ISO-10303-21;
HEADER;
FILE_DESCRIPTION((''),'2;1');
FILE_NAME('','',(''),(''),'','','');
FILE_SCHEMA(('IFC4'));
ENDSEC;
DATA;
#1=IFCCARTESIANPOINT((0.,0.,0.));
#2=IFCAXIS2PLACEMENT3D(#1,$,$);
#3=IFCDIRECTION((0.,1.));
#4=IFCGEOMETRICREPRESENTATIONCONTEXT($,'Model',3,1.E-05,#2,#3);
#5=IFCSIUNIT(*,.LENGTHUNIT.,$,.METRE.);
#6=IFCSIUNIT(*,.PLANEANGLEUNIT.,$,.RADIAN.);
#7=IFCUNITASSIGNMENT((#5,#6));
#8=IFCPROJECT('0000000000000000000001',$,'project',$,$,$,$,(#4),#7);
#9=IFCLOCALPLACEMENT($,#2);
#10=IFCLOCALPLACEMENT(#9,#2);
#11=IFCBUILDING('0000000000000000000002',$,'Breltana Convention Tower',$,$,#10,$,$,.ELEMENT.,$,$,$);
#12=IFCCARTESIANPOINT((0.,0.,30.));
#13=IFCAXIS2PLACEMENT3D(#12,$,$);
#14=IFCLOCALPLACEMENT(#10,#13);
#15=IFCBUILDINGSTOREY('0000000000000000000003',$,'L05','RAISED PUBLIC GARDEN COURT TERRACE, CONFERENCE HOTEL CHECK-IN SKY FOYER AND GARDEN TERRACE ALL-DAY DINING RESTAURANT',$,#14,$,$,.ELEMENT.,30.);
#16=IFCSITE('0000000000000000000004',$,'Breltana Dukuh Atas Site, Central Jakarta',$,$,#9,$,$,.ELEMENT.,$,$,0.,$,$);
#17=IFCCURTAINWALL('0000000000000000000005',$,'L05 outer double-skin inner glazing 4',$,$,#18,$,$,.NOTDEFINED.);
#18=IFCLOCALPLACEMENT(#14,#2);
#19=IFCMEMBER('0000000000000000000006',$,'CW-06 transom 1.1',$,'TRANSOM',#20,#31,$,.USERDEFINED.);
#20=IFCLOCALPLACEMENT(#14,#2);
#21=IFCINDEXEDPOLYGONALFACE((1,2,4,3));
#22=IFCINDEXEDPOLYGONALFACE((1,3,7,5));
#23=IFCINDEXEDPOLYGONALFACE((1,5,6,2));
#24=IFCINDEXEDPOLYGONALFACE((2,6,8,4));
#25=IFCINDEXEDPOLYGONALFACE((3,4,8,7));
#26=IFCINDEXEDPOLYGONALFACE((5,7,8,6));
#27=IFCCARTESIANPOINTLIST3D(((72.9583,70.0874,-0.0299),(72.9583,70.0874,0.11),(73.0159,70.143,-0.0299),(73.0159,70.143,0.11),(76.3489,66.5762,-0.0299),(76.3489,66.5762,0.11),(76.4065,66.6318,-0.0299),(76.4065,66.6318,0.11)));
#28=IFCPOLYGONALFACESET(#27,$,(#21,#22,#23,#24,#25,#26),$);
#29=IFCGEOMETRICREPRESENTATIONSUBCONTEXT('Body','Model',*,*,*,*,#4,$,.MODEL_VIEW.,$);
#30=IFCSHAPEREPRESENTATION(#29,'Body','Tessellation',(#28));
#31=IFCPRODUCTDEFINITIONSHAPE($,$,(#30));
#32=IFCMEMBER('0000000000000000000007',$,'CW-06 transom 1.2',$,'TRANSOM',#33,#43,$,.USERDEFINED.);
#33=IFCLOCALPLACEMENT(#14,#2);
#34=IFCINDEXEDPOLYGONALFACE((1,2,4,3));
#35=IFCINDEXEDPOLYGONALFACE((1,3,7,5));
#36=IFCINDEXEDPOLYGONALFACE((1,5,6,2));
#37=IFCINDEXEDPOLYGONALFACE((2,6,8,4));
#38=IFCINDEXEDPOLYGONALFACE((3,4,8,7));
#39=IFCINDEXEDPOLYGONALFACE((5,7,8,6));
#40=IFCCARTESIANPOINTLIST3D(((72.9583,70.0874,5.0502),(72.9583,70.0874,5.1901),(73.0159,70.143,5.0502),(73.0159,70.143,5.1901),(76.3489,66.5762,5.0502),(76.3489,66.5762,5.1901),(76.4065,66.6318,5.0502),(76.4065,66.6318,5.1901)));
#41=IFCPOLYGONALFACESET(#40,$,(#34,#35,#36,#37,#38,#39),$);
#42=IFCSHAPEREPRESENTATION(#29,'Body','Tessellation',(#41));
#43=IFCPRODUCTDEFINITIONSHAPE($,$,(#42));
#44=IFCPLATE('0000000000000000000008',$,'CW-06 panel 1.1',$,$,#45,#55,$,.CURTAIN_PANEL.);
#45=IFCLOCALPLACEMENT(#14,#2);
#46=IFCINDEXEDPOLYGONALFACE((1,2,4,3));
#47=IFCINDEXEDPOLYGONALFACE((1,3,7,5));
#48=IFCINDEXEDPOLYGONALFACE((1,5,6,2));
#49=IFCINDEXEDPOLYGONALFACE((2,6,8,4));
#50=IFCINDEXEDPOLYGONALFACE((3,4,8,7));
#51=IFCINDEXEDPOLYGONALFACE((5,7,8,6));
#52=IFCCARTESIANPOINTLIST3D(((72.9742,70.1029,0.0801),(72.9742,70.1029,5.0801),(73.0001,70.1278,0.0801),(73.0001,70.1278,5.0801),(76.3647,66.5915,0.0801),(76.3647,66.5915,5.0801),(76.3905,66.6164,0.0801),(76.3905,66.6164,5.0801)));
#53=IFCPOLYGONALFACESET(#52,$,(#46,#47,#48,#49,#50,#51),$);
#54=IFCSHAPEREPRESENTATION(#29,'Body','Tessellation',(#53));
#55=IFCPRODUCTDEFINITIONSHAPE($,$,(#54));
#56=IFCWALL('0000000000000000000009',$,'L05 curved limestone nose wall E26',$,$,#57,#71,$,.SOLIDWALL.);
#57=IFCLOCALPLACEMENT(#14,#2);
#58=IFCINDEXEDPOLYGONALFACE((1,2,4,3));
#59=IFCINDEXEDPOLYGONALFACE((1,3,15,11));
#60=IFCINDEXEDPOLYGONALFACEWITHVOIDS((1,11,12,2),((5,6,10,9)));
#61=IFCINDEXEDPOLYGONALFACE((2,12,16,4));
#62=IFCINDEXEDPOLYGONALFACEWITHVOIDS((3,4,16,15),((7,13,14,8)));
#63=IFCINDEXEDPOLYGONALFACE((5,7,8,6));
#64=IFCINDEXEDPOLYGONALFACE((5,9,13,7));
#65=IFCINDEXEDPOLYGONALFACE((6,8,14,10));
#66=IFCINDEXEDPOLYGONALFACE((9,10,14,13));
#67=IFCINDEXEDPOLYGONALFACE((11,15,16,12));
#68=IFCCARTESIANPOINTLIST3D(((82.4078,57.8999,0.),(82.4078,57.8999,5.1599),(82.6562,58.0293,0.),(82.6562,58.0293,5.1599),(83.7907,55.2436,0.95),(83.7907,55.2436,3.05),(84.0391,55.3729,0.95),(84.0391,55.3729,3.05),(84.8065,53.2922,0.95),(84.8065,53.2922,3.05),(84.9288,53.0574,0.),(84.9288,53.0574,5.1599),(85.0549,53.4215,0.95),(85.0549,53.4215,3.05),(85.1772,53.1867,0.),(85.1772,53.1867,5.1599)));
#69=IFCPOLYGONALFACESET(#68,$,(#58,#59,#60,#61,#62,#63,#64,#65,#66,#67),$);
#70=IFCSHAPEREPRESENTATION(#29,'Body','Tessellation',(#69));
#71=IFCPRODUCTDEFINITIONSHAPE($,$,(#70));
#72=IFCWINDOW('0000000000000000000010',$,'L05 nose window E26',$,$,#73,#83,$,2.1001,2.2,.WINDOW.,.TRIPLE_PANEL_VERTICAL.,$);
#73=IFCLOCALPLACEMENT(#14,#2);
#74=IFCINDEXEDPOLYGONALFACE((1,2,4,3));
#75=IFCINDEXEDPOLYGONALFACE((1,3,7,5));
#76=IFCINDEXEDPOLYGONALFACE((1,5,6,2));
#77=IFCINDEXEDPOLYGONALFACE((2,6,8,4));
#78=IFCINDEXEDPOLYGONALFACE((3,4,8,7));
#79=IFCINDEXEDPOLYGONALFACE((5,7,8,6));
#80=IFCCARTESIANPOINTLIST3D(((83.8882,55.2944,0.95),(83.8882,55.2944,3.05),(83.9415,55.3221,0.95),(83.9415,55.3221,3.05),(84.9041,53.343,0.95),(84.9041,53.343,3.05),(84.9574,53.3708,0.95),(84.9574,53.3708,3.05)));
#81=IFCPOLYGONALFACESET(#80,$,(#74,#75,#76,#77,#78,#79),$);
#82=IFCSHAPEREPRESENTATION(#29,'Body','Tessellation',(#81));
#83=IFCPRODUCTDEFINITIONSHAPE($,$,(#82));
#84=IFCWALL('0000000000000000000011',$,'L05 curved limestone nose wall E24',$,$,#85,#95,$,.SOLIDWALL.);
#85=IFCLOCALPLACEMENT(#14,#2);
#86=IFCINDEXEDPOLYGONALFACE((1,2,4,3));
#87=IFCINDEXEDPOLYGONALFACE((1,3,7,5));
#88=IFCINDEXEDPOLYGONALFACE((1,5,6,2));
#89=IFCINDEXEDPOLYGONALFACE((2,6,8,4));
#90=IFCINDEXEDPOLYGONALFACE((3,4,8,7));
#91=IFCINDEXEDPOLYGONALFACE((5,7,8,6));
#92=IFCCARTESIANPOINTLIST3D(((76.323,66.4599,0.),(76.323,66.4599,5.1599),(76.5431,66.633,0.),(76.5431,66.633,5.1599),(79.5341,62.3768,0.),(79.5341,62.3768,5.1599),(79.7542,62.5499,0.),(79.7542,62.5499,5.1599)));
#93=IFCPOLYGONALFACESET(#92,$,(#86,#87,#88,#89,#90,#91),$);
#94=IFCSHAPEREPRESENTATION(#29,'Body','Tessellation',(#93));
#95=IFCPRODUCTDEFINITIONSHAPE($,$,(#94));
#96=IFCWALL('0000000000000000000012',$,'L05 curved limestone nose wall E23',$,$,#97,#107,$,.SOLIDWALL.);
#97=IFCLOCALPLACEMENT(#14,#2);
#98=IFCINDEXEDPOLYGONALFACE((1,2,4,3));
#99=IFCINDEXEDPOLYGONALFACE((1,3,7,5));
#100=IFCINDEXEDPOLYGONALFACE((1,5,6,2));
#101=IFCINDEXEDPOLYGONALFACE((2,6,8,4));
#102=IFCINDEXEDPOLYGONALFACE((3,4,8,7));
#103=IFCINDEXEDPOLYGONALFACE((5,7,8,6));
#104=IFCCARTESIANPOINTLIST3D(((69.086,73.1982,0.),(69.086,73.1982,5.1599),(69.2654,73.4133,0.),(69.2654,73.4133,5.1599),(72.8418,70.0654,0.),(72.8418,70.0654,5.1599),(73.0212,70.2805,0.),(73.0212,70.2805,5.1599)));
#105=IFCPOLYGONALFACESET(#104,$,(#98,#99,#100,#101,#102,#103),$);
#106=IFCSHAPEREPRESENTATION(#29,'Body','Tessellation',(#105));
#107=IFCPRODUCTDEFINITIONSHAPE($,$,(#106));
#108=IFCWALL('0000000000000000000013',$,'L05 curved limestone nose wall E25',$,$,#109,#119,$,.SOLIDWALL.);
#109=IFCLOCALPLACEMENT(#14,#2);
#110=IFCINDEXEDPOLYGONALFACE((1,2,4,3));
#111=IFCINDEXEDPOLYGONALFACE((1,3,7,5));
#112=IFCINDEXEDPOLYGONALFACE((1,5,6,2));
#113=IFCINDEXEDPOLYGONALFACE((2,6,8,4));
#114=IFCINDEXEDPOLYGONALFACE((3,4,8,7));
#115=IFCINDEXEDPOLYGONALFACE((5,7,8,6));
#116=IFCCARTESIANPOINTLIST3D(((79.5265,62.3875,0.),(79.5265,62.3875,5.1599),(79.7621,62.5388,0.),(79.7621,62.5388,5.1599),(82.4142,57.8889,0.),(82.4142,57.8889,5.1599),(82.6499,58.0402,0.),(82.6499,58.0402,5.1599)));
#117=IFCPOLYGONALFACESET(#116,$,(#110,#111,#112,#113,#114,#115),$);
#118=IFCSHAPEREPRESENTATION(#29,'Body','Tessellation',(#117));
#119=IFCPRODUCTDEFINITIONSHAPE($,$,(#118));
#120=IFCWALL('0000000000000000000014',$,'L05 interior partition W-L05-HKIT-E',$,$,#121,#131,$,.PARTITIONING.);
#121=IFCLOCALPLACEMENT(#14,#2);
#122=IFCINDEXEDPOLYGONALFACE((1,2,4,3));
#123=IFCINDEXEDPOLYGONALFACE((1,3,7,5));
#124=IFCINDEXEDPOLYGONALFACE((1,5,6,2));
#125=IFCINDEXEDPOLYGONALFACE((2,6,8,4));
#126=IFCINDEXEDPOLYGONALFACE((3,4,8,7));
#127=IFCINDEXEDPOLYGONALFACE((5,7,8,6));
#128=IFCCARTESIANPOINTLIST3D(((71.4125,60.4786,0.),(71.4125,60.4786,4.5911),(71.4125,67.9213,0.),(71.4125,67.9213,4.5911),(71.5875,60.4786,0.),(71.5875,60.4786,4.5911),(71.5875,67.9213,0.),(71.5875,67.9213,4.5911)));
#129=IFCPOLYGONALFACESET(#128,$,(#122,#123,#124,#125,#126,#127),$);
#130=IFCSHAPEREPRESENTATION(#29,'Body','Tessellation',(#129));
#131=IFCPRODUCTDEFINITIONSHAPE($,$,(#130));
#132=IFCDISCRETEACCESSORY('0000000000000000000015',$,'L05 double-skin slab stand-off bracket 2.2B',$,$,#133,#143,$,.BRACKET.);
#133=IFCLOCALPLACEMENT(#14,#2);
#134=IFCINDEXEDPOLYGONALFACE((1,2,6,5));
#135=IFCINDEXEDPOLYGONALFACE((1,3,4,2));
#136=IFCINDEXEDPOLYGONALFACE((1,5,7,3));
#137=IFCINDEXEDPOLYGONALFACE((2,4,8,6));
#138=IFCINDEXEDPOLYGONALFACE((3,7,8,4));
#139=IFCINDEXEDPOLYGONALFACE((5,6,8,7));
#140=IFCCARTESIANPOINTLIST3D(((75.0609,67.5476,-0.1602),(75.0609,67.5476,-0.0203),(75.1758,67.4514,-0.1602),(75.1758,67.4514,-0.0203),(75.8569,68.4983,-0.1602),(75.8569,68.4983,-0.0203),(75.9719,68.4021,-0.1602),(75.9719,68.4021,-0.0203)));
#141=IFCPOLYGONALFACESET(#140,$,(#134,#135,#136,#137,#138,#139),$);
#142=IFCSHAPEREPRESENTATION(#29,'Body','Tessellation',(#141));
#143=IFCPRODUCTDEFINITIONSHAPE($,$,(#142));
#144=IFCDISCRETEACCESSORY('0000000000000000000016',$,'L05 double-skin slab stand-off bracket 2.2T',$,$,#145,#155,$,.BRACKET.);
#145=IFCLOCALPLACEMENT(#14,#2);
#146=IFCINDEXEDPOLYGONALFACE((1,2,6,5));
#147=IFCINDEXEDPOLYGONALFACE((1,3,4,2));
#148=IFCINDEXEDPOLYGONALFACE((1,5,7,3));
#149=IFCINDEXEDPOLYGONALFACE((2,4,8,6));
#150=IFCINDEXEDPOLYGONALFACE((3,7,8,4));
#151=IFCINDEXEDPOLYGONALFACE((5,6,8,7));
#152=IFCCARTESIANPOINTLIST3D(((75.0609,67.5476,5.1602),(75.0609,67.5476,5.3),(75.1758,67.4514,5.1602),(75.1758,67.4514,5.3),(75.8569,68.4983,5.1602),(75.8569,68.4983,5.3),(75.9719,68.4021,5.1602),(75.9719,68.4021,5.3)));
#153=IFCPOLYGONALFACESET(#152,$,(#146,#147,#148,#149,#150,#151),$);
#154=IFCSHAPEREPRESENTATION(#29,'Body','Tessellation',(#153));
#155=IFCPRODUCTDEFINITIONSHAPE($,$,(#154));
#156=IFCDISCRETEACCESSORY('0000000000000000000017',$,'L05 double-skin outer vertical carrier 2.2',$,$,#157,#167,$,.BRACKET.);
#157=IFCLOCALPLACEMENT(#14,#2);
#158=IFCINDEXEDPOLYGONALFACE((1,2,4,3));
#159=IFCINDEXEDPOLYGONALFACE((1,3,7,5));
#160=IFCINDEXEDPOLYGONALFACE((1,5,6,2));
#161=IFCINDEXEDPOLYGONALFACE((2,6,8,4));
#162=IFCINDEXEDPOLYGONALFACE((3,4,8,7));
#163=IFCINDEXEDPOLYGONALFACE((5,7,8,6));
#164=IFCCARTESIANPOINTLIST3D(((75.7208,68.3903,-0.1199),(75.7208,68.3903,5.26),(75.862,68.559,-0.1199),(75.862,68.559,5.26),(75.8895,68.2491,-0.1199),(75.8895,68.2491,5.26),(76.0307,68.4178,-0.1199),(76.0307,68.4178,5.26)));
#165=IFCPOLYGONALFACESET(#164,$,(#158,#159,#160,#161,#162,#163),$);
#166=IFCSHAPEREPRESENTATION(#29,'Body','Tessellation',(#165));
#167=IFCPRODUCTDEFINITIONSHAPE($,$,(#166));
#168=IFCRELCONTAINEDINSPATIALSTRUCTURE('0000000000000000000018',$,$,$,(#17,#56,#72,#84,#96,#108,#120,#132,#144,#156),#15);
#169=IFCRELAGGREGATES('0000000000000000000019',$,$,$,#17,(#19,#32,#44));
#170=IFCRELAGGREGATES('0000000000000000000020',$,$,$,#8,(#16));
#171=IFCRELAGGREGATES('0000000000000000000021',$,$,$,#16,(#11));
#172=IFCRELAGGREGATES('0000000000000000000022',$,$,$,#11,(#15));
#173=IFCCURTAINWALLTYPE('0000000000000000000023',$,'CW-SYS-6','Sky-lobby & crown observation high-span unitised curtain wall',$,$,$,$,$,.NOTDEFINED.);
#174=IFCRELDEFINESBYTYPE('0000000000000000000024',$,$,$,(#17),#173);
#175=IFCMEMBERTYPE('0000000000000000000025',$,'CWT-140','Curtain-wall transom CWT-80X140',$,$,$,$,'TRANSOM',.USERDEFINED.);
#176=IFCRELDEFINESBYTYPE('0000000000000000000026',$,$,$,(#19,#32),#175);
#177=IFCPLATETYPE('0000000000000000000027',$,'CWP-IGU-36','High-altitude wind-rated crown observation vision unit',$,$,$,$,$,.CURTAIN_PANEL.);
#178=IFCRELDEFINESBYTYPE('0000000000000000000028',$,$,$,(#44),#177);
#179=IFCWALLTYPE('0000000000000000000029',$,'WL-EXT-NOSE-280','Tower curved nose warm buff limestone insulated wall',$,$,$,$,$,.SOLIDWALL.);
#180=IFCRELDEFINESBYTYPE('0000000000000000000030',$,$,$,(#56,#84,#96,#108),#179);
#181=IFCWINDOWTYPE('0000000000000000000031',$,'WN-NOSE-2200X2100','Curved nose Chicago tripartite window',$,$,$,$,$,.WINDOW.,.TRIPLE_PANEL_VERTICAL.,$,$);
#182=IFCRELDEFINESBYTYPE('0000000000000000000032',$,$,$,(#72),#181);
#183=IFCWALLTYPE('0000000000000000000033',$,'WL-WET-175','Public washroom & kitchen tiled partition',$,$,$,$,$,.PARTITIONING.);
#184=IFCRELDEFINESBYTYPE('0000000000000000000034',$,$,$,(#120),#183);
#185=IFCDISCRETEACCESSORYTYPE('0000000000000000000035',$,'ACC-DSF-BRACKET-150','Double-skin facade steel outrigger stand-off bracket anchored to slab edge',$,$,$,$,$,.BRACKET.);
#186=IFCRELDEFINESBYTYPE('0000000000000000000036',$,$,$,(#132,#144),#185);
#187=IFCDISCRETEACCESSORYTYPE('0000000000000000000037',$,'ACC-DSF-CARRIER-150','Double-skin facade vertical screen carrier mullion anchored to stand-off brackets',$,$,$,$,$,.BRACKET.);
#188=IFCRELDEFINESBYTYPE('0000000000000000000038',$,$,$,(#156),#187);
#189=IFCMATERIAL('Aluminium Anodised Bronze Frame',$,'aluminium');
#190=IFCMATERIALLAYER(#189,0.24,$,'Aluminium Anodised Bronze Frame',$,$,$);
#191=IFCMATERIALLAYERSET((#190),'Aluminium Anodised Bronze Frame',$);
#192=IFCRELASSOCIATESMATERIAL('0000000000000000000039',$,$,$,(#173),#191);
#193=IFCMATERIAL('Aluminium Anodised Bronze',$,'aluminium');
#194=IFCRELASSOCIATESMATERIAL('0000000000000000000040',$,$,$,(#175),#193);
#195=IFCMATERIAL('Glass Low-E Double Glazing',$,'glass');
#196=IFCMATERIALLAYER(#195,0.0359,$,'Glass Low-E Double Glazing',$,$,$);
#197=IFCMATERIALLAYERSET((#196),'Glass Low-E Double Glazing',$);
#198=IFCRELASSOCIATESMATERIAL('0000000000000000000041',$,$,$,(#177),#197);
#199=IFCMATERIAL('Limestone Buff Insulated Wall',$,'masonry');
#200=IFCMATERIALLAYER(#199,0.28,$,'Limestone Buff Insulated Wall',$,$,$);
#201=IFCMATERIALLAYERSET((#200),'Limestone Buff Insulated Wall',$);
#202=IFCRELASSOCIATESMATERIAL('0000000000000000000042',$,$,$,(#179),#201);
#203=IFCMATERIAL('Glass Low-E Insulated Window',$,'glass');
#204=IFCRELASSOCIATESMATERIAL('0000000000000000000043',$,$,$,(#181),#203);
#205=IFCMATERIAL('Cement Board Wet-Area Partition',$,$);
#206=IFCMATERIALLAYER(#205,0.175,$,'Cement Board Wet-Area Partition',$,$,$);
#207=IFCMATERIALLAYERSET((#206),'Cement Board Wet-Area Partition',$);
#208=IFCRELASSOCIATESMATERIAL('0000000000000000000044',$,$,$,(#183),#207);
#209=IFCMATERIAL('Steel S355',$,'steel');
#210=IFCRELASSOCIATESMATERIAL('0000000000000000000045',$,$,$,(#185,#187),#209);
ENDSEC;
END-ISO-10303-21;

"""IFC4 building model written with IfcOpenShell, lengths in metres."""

from ifc_helpers import new_model, si_unit, direction, frame, frame_2d, origin, origin_2d, place, context, subcontext, project, spatial, rectangle, extrude, source, transform, mapped, material, layer, layer_set, material_profile, profile_set, type_object, type_shapes, element, fill, aggregate, save


model = new_model("IFC4")

# Units and contexts
model_context = context("Model", 3, precision=1e-05, world=origin(), true_north=direction((0.0, 1.0)))
body_context = subcontext(model_context, "Body", "Model", "MODEL_VIEW")
ifc_project = project(units=[si_unit("LENGTHUNIT", "METRE"), si_unit("PLANEANGLEUNIT", "RADIAN")], contexts=[model_context])

# Site, building, storey
site_placement = place(None, origin())
site = spatial("IfcSite", under=ifc_project, at=site_placement, Name="Breltana Dukuh Atas Site, Central Jakarta", CompositionType="ELEMENT", RefElevation=0.0)
building_placement = place(site_placement, origin())
building = spatial("IfcBuilding", under=site, at=building_placement, Name="Breltana Convention Tower", CompositionType="ELEMENT")
storey_placement = place(building_placement, frame((0.0, 0.0, 30.0)))
storey = spatial("IfcBuildingStorey", under=building, at=storey_placement, Name="L05", Description="RAISED PUBLIC GARDEN COURT TERRACE, CONFERENCE HOTEL CHECK-IN SKY FOYER AND GARDEN TERRACE ALL-DAY DINING RESTAURANT", CompositionType="ELEMENT", Elevation=30.0)

# Curtain wall, members, plate
ifc_material_1 = material(Name="Aluminium Anodised Bronze Frame", Category="aluminium")
ifc_layer_1 = layer(ifc_material_1, 0.24, Name="Aluminium Anodised Bronze Frame")
ifc_layer_set_1 = layer_set([ifc_layer_1], Name="Aluminium Anodised Bronze Frame")
curtain_wall_type = type_object("IfcCurtainWallType", Name="CW-SYS-6", Description="Sky-lobby & crown observation high-span unitised curtain wall", PredefinedType="NOTDEFINED", material=ifc_layer_set_1)
curtain_wall_placement = place(storey_placement, origin())
curtain_wall = element("IfcCurtainWall", 1, at=curtain_wall_placement, inside=storey, type_object=curtain_wall_type, Name="L05 outer double-skin inner glazing 4", PredefinedType="NOTDEFINED")
ifc_material_2 = material(Name="Aluminium Anodised Bronze", Category="aluminium")
ifc_material_profile_1 = material_profile(ifc_material_2, rectangle(XDim=0.0801, YDim=0.1399, at=origin_2d()), Name="CWT-80X140")
ifc_profile_set_1 = profile_set([ifc_material_profile_1], Name="Aluminium Anodised Bronze")
member_type_1 = type_object("IfcMemberType", Name="CWT-140", Description="Curtain-wall transom CWT-80X140", ElementType="TRANSOM", PredefinedType="USERDEFINED", material=ifc_profile_set_1)
shared_shape_1 = source(origin(), body_context, "Body", "SweptSolid", [
    extrude(rectangle(XDim=0.0801, YDim=0.1399, at=origin_2d()), origin(), (0.0, 0.0, 1.0), 4.8811),
])
member_1_placement = place(storey_placement, frame((72.9871, 70.1152, 0.04), z_axis=(0.694644, -0.719353, 0.0), x_axis=(0.719353, 0.694644, 0.0)))
member_1 = element("IfcMember", 2, at=member_1_placement, type_object=member_type_1, Name="CW-06 transom 1.1", ObjectType="TRANSOM", PredefinedType="USERDEFINED", context=body_context, shape_type="MappedRepresentation", body=[
    mapped(shared_shape_1, transform((0.0, 0.0, 0.0), scale=1.0)),
])
member_2_placement = place(storey_placement, frame((72.9871, 70.1152, 5.1201), z_axis=(0.694644, -0.719353, 0.0), x_axis=(0.719353, 0.694644, 0.0)))
member_2 = element("IfcMember", 3, at=member_2_placement, type_object=member_type_1, Name="CW-06 transom 1.2", ObjectType="TRANSOM", PredefinedType="USERDEFINED", context=body_context, shape_type="MappedRepresentation", body=[
    mapped(shared_shape_1, transform((0.0, 0.0, 0.0), scale=1.0)),
])
ifc_material_3 = material(Name="Glass Low-E Double Glazing", Category="glass")
ifc_layer_2 = layer(ifc_material_3, 0.0359, Name="Glass Low-E Double Glazing")
ifc_layer_set_2 = layer_set([ifc_layer_2], Name="Glass Low-E Double Glazing")
plate_type = type_object("IfcPlateType", Name="CWP-IGU-36", Description="High-altitude wind-rated crown observation vision unit", PredefinedType="CURTAIN_PANEL", material=ifc_layer_set_2)
shared_shape_2 = source(origin(), body_context, "Body", "SweptSolid", [
    extrude(rectangle(XDim=4.8811, YDim=0.0359, at=origin_2d()), origin(), (0.0, 0.0, 1.0), 5.0),
])
plate_placement = place(storey_placement, frame((74.6824, 68.3596, 0.0801), z_axis=(0.0, 0.0, 1.0), x_axis=(0.69461, -0.719386, 0.0)))
plate = element("IfcPlate", 4, at=plate_placement, type_object=plate_type, Name="CW-06 panel 1.1", PredefinedType="CURTAIN_PANEL", context=body_context, shape_type="MappedRepresentation", body=[
    mapped(shared_shape_2, transform((0.0, 0.0, 0.0), scale=1.0)),
])
aggregate(curtain_wall, [member_1, member_2, plate])

# Wall, opening, window
ifc_material_4 = material(Name="Limestone Buff Insulated Wall", Category="masonry")
ifc_layer_3 = layer(ifc_material_4, 0.28, Name="Limestone Buff Insulated Wall")
ifc_layer_set_3 = layer_set([ifc_layer_3], Name="Limestone Buff Insulated Wall")
wall_type_1 = type_object("IfcWallType", Name="WL-EXT-NOSE-280", Description="Tower curved nose warm buff limestone insulated wall", PredefinedType="SOLIDWALL", material=ifc_layer_set_3)
shared_shape_3 = source(origin(), body_context, "Body", "SweptSolid", [
    extrude(rectangle(XDim=5.4595, YDim=0.28, at=frame_2d((2.7297, 0.0))), origin(), (0.0, 0.0, 1.0), 5.1599),
])
wall_1_placement = place(storey_placement, frame((82.532, 57.9646, 0.0), z_axis=(0.0, 0.0, 1.0), x_axis=(0.461768, -0.887001, 0.0)))
wall_1 = element("IfcWall", 5, at=wall_1_placement, inside=storey, type_object=wall_type_1, Name="L05 curved limestone nose wall E26", PredefinedType="SOLIDWALL", context=body_context, shape_type="MappedRepresentation", body=[
    mapped(shared_shape_3, transform((0.0, 0.0, 0.0), scale=1.0)),
])
opening_placement = place(wall_1_placement, frame((2.9946, 0.0, 0.95)))
opening = element("IfcOpeningElement", 6, at=opening_placement, cuts=wall_1, PredefinedType="OPENING", context=body_context, shape_type="SweptSolid", body=[
    extrude(rectangle(XDim=2.2, YDim=2.1001, at=frame_2d((1.1001, 1.05))), frame((0.0, 0.1499, 0.0), z_axis=(0.0, -1.0, 0.0), x_axis=(1.0, 0.0, 0.0)), (0.0, 0.0, 1.0), 0.3),
])
ifc_material_5 = material(Name="Glass Low-E Insulated Window", Category="glass")
window_type = type_object("IfcWindowType", Name="WN-NOSE-2200X2100", Description="Curved nose Chicago tripartite window", PartitioningType="TRIPLE_PANEL_VERTICAL", PredefinedType="WINDOW", material=ifc_material_5)
shared_shape_4 = source(origin(), body_context, "Body", "SweptSolid", [
    extrude(rectangle(XDim=2.2, YDim=2.1001, at=frame_2d((1.1001, 1.05))), frame((0.0, 0.03, 0.0), z_axis=(0.0, -1.0, 0.0), x_axis=(1.0, 0.0, 0.0)), (0.0, 0.0, 1.0), 0.0601),
])
type_shapes(window_type, [shared_shape_4])
window_placement = place(opening_placement, origin())
window = element("IfcWindow", 7, at=window_placement, inside=storey, type_object=window_type, Name="L05 nose window E26", OverallHeight=2.1001, OverallWidth=2.2, PartitioningType="TRIPLE_PANEL_VERTICAL", PredefinedType="WINDOW", context=body_context, shape_type="MappedRepresentation", body=[
    mapped(shared_shape_4, transform((0.0, 0.0, 0.0), scale=1.0)),
])
fill(opening, window)

# Walls
shared_shape_5 = source(origin(), body_context, "Body", "SweptSolid", [
    extrude(rectangle(XDim=5.1946, YDim=0.28, at=frame_2d((2.5972, 0.0))), origin(), (0.0, 0.0, 1.0), 5.1599),
])
wall_2_placement = place(storey_placement, frame((76.4331, 66.5464, 0.0), z_axis=(0.0, 0.0, 1.0), x_axis=(0.618168, -0.786046, 0.0)))
element("IfcWall", 8, at=wall_2_placement, inside=storey, type_object=wall_type_1, Name="L05 curved limestone nose wall E24", PredefinedType="SOLIDWALL", context=body_context, shape_type="MappedRepresentation", body=[
    mapped(shared_shape_5, transform((0.0, 0.0, 0.0), scale=1.0)),
])
shared_shape_6 = source(origin(), body_context, "Body", "SweptSolid", [
    extrude(rectangle(XDim=4.8909, YDim=0.28, at=frame_2d((2.4453, 0.0))), origin(), (0.0, 0.0, 1.0), 5.1599),
])
wall_3_placement = place(storey_placement, frame((69.1758, 73.3057, 0.0), z_axis=(0.0, 0.0, 1.0), x_axis=(0.767927, -0.640538, 0.0)))
element("IfcWall", 9, at=wall_3_placement, inside=storey, type_object=wall_type_1, Name="L05 curved limestone nose wall E23", PredefinedType="SOLIDWALL", context=body_context, shape_type="MappedRepresentation", body=[
    mapped(shared_shape_6, transform((0.0, 0.0, 0.0), scale=1.0)),
])
shared_shape_7 = source(origin(), body_context, "Body", "SweptSolid", [
    extrude(rectangle(XDim=5.3457, YDim=0.28, at=frame_2d((2.6729, 0.0))), origin(), (0.0, 0.0, 1.0), 5.1599),
])
wall_4_placement = place(storey_placement, frame((79.6443, 62.4631, 0.0), z_axis=(0.0, 0.0, 1.0), x_axis=(0.540199, -0.841537, 0.0)))
element("IfcWall", 10, at=wall_4_placement, inside=storey, type_object=wall_type_1, Name="L05 curved limestone nose wall E25", PredefinedType="SOLIDWALL", context=body_context, shape_type="MappedRepresentation", body=[
    mapped(shared_shape_7, transform((0.0, 0.0, 0.0), scale=1.0)),
])
ifc_material_6 = material(Name="Cement Board Wet-Area Partition")
ifc_layer_4 = layer(ifc_material_6, 0.175, Name="Cement Board Wet-Area Partition")
ifc_layer_set_4 = layer_set([ifc_layer_4], Name="Cement Board Wet-Area Partition")
wall_type_2 = type_object("IfcWallType", Name="WL-WET-175", Description="Public washroom & kitchen tiled partition", PredefinedType="PARTITIONING", material=ifc_layer_set_4)
shared_shape_8 = source(origin(), body_context, "Body", "SweptSolid", [
    extrude(rectangle(XDim=7.4426, YDim=0.175, at=frame_2d((3.7212, 0.0))), origin(), (0.0, 0.0, 1.0), 4.5911),
])
wall_5_placement = place(storey_placement, frame((71.5, 60.4788, 0.0), z_axis=(0.0, 0.0, 1.0), x_axis=(0.0, 1.0, 0.0)))
element("IfcWall", 11, at=wall_5_placement, inside=storey, type_object=wall_type_2, Name="L05 interior partition W-L05-HKIT-E", PredefinedType="PARTITIONING", context=body_context, shape_type="MappedRepresentation", body=[
    mapped(shared_shape_8, transform((0.0, 0.0, 0.0), scale=1.0)),
])

# Discrete accessories
ifc_material_7 = material(Name="Steel S355", Category="steel")
discrete_accessory_type_1 = type_object("IfcDiscreteAccessoryType", Name="ACC-DSF-BRACKET-150", Description="Double-skin facade steel outrigger stand-off bracket anchored to slab edge", PredefinedType="BRACKET", material=ifc_material_7)
shared_shape_9 = source(origin(), body_context, "Body", "SweptSolid", [
    extrude(rectangle(XDim=1.24, YDim=0.1499, at=origin_2d()), origin(), (0.0, 0.0, 1.0), 0.1399),
])
type_shapes(discrete_accessory_type_1, [shared_shape_9])
for number, where, z_axis, x_axis, name in (
    (12, (75.5164, 67.9749, -0.1602), (0.0, 0.0, 1.0), (0.64199, 0.766713, 0.0), "L05 double-skin slab stand-off bracket 2.2B"),
    (13, (75.5164, 67.9749, 5.1602), (0.0, 0.0, 1.0), (0.64199, 0.766713, 0.0), "L05 double-skin slab stand-off bracket 2.2T"),
):
    element("IfcDiscreteAccessory", number, at=place(storey_placement, frame(where, z_axis=z_axis, x_axis=x_axis)), inside=storey, type_object=discrete_accessory_type_1, Name=name, PredefinedType="BRACKET", context=body_context, shape_type="MappedRepresentation", body=[
        mapped(shared_shape_9, transform((0.0, 0.0, 0.0), scale=1.0)),
    ])
discrete_accessory_type_2 = type_object("IfcDiscreteAccessoryType", Name="ACC-DSF-CARRIER-150", Description="Double-skin facade vertical screen carrier mullion anchored to stand-off brackets", PredefinedType="BRACKET", material=ifc_material_7)
shared_shape_10 = source(origin(), body_context, "Body", "SweptSolid", [
    extrude(rectangle(XDim=0.22, YDim=0.22, at=origin_2d()), origin(), (0.0, 0.0, 1.0), 5.3799),
])
type_shapes(discrete_accessory_type_2, [shared_shape_10])
discrete_accessory_placement = place(storey_placement, frame((75.8757, 68.4041, -0.1199), z_axis=(0.0, 0.0, 1.0), x_axis=(0.64199, 0.766713, 0.0)))
element("IfcDiscreteAccessory", 14, at=discrete_accessory_placement, inside=storey, type_object=discrete_accessory_type_2, Name="L05 double-skin outer vertical carrier 2.2", PredefinedType="BRACKET", context=body_context, shape_type="MappedRepresentation", body=[
    mapped(shared_shape_10, transform((0.0, 0.0, 0.0), scale=1.0)),
])

save(model, "model.ifc")
